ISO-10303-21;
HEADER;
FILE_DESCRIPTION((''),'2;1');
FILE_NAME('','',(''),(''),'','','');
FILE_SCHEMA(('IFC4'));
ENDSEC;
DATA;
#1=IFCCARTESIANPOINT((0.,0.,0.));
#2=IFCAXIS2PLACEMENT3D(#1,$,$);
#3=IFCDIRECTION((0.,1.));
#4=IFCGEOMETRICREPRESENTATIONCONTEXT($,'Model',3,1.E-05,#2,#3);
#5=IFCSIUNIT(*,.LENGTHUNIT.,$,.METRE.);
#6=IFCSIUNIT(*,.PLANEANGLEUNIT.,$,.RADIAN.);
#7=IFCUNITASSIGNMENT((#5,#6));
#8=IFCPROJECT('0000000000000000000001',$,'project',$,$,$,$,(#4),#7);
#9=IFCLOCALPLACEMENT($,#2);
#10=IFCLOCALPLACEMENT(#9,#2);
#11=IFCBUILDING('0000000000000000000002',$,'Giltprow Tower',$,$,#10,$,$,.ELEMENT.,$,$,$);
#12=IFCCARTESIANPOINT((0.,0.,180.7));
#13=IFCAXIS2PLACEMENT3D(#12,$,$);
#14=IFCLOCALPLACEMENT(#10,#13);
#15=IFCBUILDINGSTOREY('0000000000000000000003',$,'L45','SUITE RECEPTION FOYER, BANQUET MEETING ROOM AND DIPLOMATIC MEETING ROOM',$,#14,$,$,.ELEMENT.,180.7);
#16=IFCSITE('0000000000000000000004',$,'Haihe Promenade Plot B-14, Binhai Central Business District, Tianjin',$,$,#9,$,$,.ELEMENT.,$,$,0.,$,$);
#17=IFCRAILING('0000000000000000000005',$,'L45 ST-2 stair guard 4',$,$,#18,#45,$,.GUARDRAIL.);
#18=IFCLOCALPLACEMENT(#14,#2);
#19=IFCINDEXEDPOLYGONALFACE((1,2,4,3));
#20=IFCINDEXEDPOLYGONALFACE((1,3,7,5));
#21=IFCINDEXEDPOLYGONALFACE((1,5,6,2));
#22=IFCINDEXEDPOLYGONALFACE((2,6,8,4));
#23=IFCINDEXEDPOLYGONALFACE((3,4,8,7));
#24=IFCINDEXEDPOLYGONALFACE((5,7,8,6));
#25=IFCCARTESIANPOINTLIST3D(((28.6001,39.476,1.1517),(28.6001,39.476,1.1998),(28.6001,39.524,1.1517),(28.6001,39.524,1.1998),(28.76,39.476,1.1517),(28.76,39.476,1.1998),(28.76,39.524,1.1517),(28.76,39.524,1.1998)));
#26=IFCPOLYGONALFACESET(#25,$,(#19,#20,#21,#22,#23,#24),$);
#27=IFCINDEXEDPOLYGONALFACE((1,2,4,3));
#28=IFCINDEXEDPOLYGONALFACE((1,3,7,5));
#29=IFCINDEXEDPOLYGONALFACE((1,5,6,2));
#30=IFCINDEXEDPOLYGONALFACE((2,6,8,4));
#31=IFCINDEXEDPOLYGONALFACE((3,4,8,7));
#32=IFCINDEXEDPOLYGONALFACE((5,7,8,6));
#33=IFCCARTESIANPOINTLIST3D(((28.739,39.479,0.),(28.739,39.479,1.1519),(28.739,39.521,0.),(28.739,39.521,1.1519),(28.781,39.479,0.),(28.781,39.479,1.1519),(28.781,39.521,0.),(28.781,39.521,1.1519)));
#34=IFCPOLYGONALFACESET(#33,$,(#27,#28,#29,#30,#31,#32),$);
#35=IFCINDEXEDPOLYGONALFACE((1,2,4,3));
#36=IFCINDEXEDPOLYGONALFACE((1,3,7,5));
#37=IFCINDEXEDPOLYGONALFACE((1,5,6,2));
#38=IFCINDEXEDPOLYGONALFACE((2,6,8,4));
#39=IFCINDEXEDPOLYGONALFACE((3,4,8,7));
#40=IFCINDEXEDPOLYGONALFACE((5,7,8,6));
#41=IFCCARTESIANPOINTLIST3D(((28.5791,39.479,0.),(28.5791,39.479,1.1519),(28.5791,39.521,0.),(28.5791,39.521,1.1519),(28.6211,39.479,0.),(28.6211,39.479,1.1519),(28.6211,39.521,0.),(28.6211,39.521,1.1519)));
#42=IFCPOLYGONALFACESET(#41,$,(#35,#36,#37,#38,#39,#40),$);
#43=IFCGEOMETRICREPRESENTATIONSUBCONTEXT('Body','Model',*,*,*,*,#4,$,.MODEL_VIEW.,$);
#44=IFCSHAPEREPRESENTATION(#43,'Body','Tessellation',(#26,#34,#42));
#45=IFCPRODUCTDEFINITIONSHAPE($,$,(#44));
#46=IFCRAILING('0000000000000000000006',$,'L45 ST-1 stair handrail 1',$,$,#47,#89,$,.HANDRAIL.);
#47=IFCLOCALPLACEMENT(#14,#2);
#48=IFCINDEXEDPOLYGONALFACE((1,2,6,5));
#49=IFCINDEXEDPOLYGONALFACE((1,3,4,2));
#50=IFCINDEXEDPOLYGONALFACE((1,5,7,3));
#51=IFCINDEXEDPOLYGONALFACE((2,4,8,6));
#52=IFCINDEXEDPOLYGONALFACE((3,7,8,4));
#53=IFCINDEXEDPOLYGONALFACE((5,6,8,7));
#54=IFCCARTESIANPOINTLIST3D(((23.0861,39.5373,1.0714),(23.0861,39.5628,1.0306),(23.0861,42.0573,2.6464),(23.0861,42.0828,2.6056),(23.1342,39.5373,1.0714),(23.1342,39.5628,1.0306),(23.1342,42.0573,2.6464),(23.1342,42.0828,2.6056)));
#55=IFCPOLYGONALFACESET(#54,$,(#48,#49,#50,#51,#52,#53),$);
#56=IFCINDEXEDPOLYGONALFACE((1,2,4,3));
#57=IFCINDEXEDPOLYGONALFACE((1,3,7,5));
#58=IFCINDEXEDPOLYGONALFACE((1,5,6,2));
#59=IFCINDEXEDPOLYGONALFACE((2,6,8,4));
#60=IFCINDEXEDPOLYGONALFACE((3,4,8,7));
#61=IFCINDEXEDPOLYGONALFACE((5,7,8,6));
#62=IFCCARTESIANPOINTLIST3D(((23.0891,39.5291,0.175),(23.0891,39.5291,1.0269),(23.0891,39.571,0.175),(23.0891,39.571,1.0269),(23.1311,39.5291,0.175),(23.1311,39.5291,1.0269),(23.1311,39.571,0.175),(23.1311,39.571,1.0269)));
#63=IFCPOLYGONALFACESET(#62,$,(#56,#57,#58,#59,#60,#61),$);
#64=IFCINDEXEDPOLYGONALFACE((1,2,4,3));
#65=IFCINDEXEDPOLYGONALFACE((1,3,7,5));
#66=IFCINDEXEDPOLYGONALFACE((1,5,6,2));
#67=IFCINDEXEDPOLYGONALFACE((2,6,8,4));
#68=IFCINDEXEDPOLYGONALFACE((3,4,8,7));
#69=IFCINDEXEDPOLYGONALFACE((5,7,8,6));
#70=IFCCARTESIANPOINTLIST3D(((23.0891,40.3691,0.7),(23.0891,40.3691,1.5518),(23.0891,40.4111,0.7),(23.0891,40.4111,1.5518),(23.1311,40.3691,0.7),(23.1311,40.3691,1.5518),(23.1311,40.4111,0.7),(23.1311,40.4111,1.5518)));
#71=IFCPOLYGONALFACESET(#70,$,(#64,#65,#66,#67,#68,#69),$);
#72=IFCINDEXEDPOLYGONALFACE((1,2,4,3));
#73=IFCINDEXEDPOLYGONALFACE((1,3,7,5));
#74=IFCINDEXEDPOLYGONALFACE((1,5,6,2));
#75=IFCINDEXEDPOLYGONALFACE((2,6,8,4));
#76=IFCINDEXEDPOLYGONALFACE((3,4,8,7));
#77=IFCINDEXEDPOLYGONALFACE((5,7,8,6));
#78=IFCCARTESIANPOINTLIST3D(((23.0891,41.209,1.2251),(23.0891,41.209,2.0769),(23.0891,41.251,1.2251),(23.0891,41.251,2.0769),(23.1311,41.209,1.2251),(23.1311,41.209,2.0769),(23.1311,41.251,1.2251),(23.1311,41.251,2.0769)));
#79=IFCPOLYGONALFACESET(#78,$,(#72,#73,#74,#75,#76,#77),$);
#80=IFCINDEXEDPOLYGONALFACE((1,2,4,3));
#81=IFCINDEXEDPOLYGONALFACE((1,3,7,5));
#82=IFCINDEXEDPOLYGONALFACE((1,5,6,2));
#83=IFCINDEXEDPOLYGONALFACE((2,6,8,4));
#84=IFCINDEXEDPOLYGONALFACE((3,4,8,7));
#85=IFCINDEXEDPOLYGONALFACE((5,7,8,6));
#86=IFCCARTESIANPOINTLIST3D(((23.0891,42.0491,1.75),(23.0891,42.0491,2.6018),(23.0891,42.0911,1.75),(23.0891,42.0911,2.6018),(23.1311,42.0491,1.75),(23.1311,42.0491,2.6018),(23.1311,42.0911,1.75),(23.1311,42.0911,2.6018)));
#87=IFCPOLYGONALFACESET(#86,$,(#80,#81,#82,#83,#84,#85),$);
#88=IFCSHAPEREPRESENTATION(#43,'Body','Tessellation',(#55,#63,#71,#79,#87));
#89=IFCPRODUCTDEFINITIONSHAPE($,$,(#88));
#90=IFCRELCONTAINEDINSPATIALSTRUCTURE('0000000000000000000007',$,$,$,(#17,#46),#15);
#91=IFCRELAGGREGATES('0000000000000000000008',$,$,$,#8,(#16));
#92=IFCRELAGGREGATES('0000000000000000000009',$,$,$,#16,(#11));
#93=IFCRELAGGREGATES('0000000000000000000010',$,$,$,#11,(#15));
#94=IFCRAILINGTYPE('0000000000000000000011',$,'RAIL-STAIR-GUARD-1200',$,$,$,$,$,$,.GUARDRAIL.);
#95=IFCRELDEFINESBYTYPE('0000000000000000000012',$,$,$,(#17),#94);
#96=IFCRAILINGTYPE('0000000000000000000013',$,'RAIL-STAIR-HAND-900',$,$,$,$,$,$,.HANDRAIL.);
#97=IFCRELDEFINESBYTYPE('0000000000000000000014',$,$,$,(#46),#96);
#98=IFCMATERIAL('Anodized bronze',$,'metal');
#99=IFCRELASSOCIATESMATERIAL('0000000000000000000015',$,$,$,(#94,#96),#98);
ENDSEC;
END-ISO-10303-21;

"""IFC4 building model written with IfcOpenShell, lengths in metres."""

from ifc_helpers import new_model, si_unit, direction, frame, origin, origin_2d, place, context, subcontext, project, spatial, rectangle, extrude, material, type_object, element, save


model = new_model("IFC4")

# Units and contexts
model_context = context("Model", 3, precision=1e-05, world=origin(), true_north=direction((0.0, 1.0)))
body_context = subcontext(model_context, "Body", "Model", "MODEL_VIEW")
ifc_project = project(units=[si_unit("LENGTHUNIT", "METRE"), si_unit("PLANEANGLEUNIT", "RADIAN")], contexts=[model_context])

# Site, building, storey
site_placement = place(None, origin())
site = spatial("IfcSite", under=ifc_project, at=site_placement, Name="Haihe Promenade Plot B-14, Binhai Central Business District, Tianjin", CompositionType="ELEMENT", RefElevation=0.0)
building_placement = place(site_placement, origin())
building = spatial("IfcBuilding", under=site, at=building_placement, Name="Giltprow Tower", CompositionType="ELEMENT")
storey_placement = place(building_placement, frame((0.0, 0.0, 180.7)))
storey = spatial("IfcBuildingStorey", under=building, at=storey_placement, Name="L45", Description="SUITE RECEPTION FOYER, BANQUET MEETING ROOM AND DIPLOMATIC MEETING ROOM", CompositionType="ELEMENT", Elevation=180.7)

# Railings
ifc_material_1 = material(Name="Anodized bronze", Category="metal")
railing_type_1 = type_object("IfcRailingType", Name="RAIL-STAIR-GUARD-1200", PredefinedType="GUARDRAIL", material=ifc_material_1)
railing_1_placement = place(storey_placement, frame((28.76, 39.5, 0.0)))
element("IfcRailing", 1, at=railing_1_placement, inside=storey, type_object=railing_type_1, Name="L45 ST-2 stair guard 4", PredefinedType="GUARDRAIL", context=body_context, shape_type="SweptSolid", body=[
    extrude(rectangle(XDim=0.0481, YDim=0.0481, at=origin_2d()), frame((0.0, 0.0, 1.1758), z_axis=(-1.0, 0.0, 0.0), x_axis=(0.0, -1.0, 0.0)), (0.0, 0.0, 1.0), 0.1599),
    extrude(rectangle(XDim=0.042, YDim=0.042, at=origin_2d()), origin(), (0.0, 0.0, 1.0), 1.1519),
    extrude(rectangle(XDim=0.042, YDim=0.042, at=origin_2d()), frame((-0.1599, 0.0, 0.0)), (0.0, 0.0, 1.0), 1.1519),
])
railing_type_2 = type_object("IfcRailingType", Name="RAIL-STAIR-HAND-900", PredefinedType="HANDRAIL", material=ifc_material_1)
railing_2_placement = place(storey_placement, frame((23.1101, 39.55, 0.175)))
element("IfcRailing", 2, at=railing_2_placement, inside=storey, type_object=railing_type_2, Name="L45 ST-1 stair handrail 1", PredefinedType="HANDRAIL", context=body_context, shape_type="SweptSolid", body=[
    extrude(rectangle(XDim=0.0481, YDim=0.0481, at=origin_2d()), frame((0.0, 0.0, 0.876), z_axis=(0.0, 0.848008, 0.529984), x_axis=(-1.0, 0.0, 0.0)), (0.0, 0.0, 1.0), 2.9717),
    extrude(rectangle(XDim=0.042, YDim=0.042, at=origin_2d()), origin(), (0.0, 0.0, 1.0), 0.8518),
    extrude(rectangle(XDim=0.042, YDim=0.042, at=origin_2d()), frame((0.0, 0.8401, 0.5249)), (0.0, 0.0, 1.0), 0.8518),
    extrude(rectangle(XDim=0.042, YDim=0.042, at=origin_2d()), frame((0.0, 1.6799, 1.05)), (0.0, 0.0, 1.0), 0.8518),
    extrude(rectangle(XDim=0.042, YDim=0.042, at=origin_2d()), frame((0.0, 2.52, 1.575)), (0.0, 0.0, 1.0), 0.8518),
])

save(model, "model.ifc")
